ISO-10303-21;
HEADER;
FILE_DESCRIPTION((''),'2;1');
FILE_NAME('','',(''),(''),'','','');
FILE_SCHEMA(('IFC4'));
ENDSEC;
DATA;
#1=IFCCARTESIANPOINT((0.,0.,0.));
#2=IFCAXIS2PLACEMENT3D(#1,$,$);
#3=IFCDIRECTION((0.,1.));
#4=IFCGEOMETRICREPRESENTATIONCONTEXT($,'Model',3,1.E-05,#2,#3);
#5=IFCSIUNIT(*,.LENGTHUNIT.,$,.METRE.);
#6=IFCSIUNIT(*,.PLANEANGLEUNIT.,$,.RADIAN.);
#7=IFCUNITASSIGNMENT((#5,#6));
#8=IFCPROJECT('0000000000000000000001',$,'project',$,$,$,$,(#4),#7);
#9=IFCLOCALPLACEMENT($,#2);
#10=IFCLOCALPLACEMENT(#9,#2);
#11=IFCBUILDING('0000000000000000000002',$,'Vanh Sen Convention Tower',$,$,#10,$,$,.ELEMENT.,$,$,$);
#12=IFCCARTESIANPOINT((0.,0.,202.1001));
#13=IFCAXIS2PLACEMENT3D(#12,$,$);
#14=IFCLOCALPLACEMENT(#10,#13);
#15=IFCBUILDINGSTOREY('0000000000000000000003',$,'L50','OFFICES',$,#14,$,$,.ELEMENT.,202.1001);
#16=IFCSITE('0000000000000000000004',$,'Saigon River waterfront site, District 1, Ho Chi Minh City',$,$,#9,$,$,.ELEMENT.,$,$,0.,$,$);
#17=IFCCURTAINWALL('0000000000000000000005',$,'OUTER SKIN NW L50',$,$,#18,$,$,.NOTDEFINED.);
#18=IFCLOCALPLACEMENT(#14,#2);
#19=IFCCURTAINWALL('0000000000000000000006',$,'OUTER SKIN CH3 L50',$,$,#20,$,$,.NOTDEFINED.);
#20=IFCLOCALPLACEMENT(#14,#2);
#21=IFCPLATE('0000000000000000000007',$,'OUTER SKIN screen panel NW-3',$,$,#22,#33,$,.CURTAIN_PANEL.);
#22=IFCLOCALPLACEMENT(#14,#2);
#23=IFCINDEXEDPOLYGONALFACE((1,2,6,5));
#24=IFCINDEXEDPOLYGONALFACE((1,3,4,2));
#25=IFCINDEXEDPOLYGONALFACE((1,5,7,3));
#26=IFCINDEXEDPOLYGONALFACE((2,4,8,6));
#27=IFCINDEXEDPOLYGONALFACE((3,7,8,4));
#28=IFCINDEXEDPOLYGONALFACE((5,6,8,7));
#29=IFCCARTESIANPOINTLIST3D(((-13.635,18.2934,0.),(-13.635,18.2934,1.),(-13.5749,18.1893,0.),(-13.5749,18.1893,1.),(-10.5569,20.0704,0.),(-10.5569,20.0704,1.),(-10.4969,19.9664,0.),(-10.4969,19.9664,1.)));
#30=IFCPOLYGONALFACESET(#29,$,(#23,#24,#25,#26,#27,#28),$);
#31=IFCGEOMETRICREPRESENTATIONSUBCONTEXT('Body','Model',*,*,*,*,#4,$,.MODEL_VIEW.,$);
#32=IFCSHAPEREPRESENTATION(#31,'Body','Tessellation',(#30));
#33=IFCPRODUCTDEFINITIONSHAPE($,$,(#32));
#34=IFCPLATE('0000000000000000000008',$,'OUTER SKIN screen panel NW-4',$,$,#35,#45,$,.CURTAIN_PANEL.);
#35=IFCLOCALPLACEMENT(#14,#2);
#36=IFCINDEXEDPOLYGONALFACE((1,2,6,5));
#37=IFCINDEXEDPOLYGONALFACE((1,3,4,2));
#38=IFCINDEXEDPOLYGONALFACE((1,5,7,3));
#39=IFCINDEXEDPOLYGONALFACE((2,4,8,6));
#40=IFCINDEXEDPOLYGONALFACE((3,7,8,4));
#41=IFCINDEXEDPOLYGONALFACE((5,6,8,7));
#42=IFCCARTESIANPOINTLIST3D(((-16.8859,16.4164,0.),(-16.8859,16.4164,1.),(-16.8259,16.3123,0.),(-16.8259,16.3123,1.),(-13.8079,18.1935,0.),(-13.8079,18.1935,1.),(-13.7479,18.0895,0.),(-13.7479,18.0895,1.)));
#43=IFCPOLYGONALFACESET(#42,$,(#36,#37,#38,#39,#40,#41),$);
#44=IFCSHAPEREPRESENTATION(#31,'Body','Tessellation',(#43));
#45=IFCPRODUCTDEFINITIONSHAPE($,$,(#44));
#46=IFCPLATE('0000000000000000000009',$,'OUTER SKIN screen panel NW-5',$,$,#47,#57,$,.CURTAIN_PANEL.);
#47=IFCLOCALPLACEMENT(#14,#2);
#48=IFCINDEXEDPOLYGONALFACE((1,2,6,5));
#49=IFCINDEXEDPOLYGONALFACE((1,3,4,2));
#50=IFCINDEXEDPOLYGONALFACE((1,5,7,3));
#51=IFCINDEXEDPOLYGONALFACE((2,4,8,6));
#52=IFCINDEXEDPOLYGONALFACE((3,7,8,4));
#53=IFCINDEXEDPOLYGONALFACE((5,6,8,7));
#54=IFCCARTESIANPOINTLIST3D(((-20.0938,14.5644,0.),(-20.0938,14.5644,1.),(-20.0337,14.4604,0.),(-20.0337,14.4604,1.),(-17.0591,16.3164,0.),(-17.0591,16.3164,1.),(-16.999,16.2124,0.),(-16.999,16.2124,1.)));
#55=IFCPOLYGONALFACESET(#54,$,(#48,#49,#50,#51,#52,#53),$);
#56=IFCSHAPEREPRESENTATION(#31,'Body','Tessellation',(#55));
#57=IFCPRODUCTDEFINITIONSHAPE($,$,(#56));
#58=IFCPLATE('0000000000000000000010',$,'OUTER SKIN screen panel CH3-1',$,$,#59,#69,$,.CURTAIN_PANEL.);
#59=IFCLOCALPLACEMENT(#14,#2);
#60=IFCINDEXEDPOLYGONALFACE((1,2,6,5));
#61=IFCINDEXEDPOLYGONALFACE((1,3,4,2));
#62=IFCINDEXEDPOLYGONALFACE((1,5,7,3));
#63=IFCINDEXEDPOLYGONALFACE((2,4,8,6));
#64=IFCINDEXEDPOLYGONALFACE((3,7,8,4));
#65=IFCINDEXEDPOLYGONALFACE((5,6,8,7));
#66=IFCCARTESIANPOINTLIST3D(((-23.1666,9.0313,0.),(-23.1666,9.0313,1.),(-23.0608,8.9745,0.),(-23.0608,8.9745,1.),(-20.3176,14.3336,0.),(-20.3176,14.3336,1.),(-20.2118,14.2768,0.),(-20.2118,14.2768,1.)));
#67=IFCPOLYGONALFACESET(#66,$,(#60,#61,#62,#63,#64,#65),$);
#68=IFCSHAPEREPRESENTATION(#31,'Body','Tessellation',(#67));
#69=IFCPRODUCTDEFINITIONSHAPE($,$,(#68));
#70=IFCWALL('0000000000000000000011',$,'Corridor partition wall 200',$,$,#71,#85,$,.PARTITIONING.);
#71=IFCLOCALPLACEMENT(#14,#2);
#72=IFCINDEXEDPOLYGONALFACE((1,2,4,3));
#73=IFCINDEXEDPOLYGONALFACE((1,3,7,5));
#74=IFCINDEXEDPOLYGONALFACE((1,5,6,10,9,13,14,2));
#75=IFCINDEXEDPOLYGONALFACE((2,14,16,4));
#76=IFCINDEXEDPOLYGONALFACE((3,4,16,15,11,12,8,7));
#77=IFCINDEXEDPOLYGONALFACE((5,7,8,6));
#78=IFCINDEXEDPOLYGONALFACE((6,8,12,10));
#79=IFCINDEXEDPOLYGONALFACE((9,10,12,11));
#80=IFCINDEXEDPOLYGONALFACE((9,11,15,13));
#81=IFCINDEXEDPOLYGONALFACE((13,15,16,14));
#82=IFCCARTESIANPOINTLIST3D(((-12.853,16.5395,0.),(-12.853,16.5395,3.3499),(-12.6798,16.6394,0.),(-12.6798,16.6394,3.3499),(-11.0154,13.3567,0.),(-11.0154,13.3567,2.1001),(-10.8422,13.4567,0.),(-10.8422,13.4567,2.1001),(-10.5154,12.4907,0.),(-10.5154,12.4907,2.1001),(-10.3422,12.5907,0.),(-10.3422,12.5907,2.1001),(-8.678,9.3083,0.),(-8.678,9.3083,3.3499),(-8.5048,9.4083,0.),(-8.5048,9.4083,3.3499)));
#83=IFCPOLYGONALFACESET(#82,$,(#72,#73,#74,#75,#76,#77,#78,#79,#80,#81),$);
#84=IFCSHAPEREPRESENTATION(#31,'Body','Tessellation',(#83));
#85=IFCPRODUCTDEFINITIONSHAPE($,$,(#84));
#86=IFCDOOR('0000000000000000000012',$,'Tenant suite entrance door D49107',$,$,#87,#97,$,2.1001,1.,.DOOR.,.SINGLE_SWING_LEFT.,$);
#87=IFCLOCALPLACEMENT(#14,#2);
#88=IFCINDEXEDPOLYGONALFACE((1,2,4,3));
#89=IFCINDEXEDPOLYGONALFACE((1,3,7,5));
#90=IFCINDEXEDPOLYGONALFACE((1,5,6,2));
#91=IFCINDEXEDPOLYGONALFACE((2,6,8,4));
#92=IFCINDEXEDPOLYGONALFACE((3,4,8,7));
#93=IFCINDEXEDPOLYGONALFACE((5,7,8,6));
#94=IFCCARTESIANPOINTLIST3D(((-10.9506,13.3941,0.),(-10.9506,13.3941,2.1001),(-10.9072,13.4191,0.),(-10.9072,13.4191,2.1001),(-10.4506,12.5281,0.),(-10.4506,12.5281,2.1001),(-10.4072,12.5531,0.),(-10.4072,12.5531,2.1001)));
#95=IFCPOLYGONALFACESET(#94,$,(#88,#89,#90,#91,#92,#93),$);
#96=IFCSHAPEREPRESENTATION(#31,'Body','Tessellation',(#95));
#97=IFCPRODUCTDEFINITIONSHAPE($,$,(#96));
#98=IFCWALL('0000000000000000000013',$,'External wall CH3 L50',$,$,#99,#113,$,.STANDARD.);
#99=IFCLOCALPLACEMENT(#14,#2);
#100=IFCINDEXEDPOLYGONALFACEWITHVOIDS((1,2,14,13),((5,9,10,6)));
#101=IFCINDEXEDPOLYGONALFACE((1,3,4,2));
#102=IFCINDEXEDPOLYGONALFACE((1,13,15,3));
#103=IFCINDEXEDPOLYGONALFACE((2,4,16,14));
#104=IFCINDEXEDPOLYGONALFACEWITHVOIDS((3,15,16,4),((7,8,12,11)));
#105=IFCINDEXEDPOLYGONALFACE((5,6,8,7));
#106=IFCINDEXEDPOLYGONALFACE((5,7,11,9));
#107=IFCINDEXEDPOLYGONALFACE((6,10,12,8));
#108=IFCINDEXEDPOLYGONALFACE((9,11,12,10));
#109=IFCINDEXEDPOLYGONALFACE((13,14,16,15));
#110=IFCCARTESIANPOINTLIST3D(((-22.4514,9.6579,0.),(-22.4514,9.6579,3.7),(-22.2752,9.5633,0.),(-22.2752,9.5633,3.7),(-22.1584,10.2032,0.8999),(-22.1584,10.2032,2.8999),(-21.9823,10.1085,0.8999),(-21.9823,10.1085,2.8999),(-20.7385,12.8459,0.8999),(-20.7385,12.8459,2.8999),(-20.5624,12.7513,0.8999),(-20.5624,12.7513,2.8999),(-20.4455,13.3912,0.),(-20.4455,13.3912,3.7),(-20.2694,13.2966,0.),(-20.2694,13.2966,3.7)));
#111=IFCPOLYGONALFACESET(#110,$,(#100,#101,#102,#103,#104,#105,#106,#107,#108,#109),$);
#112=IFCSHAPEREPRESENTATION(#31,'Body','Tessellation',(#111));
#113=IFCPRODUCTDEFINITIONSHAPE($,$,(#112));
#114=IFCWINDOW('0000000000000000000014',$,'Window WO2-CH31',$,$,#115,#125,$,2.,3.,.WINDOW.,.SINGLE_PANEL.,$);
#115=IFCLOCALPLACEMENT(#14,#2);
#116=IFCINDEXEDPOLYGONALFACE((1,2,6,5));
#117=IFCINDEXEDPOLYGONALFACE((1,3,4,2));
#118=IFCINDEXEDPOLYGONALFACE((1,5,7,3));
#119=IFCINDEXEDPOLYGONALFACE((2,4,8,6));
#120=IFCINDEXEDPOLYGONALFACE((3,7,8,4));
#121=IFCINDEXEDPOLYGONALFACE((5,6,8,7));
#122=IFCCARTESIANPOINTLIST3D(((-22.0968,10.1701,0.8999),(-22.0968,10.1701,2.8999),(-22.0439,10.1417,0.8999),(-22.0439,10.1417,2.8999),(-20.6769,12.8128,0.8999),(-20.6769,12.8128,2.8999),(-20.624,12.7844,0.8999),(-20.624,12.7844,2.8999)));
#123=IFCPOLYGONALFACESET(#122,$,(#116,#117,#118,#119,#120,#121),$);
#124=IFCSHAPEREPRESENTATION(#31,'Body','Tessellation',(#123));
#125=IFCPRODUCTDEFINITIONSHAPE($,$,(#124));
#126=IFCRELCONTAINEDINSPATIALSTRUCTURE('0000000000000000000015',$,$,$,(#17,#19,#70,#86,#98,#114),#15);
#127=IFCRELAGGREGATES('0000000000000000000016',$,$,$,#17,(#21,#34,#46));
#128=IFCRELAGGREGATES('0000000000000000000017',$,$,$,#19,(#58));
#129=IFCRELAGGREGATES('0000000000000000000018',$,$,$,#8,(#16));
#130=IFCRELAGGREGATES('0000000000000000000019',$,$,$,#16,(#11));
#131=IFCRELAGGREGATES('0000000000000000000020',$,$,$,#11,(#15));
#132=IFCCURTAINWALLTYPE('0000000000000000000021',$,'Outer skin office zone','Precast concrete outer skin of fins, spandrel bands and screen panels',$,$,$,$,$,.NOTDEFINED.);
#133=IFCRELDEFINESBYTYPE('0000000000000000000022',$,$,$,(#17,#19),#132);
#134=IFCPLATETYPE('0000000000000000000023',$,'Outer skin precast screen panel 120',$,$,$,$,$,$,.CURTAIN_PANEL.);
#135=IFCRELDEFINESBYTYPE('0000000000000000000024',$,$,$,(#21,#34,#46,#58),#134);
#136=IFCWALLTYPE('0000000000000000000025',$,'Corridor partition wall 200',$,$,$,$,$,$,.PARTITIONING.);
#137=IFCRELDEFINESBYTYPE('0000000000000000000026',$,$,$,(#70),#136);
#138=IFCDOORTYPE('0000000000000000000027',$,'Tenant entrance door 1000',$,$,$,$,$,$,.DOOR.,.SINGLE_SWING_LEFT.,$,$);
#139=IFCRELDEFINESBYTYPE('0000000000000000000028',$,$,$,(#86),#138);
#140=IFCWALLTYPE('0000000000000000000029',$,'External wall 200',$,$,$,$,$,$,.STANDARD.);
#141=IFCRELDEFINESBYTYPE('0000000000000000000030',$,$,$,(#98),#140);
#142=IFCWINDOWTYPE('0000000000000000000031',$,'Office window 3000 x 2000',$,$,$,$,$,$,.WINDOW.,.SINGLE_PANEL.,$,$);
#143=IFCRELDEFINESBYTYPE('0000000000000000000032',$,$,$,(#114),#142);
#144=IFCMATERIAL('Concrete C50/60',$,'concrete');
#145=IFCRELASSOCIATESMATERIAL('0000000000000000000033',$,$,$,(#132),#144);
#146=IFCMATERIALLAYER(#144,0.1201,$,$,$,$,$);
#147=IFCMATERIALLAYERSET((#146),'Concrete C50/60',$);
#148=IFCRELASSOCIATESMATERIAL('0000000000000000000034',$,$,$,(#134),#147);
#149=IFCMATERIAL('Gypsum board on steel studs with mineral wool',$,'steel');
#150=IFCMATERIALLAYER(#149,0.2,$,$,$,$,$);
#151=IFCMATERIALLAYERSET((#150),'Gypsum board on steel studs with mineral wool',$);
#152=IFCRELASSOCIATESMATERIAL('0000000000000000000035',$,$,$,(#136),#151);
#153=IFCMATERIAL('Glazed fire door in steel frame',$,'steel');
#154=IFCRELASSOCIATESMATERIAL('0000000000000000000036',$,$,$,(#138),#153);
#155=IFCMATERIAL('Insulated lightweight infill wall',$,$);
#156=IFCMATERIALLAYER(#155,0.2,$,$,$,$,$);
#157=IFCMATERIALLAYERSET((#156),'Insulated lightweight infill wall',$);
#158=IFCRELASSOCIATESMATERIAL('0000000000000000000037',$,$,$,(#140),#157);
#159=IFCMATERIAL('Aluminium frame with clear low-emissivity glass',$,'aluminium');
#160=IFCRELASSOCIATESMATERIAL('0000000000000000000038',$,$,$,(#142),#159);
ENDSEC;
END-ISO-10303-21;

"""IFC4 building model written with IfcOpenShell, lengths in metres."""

from ifc_helpers import new_model, si_unit, direction, frame, frame_2d, origin, origin_2d, place, context, subcontext, project, spatial, rectangle, extrude, material, layer, layer_set, type_object, element, fill, aggregate, save


model = new_model("IFC4")

# Units and contexts
model_context = context("Model", 3, precision=1e-05, world=origin(), true_north=direction((0.0, 1.0)))
body_context = subcontext(model_context, "Body", "Model", "MODEL_VIEW")
ifc_project = project(units=[si_unit("LENGTHUNIT", "METRE"), si_unit("PLANEANGLEUNIT", "RADIAN")], contexts=[model_context])

# Site, building, storey
site_placement = place(None, origin())
site = spatial("IfcSite", under=ifc_project, at=site_placement, Name="Saigon River waterfront site, District 1, Ho Chi Minh City", CompositionType="ELEMENT", RefElevation=0.0)
building_placement = place(site_placement, origin())
building = spatial("IfcBuilding", under=site, at=building_placement, Name="Vanh Sen Convention Tower", CompositionType="ELEMENT")
storey_placement = place(building_placement, frame((0.0, 0.0, 202.1001)))
storey = spatial("IfcBuildingStorey", under=building, at=storey_placement, Name="L50", Description="OFFICES", CompositionType="ELEMENT", Elevation=202.1001)

# Curtain wall
ifc_material_1 = material(Name="Concrete C50/60", Category="concrete")
curtain_wall_type = type_object("IfcCurtainWallType", Name="Outer skin office zone", Description="Precast concrete outer skin of fins, spandrel bands and screen panels", PredefinedType="NOTDEFINED", material=ifc_material_1)
curtain_wall_1_placement = place(storey_placement, origin())
curtain_wall_1 = element("IfcCurtainWall", 1, at=curtain_wall_1_placement, inside=storey, type_object=curtain_wall_type, Name="OUTER SKIN NW L50", PredefinedType="NOTDEFINED")

# Curtain wall
curtain_wall_2_placement = place(storey_placement, origin())
curtain_wall_2 = element("IfcCurtainWall", 2, at=curtain_wall_2_placement, inside=storey, type_object=curtain_wall_type, Name="OUTER SKIN CH3 L50", PredefinedType="NOTDEFINED")

# Plates
ifc_layer_1 = layer(ifc_material_1, 0.1201)
ifc_layer_set_1 = layer_set([ifc_layer_1], Name="Concrete C50/60")
plate_type = type_object("IfcPlateType", Name="Outer skin precast screen panel 120", PredefinedType="CURTAIN_PANEL", material=ifc_layer_set_1)
plate_1_placement = place(storey_placement, frame((-12.0659, 19.1299, 0.0), z_axis=(0.0, 0.0, 1.0), x_axis=(-0.866035, -0.499983, 0.0)))
plate_1 = element("IfcPlate", 3, at=plate_1_placement, type_object=plate_type, Name="OUTER SKIN screen panel NW-3", PredefinedType="CURTAIN_PANEL", context=body_context, shape_type="SweptSolid", body=[
    extrude(rectangle(XDim=3.5542, YDim=0.1201, at=origin_2d()), origin(), (0.0, 0.0, 1.0), 1.0),
])
plate_2_placement = place(storey_placement, frame((-15.3169, 17.2529, 0.0), z_axis=(0.0, 0.0, 1.0), x_axis=(-0.866017, -0.500015, 0.0)))
plate_2 = element("IfcPlate", 4, at=plate_2_placement, type_object=plate_type, Name="OUTER SKIN screen panel NW-4", PredefinedType="CURTAIN_PANEL", context=body_context, shape_type="SweptSolid", body=[
    extrude(rectangle(XDim=3.5542, YDim=0.1201, at=origin_2d()), origin(), (0.0, 0.0, 1.0), 1.0),
])
plate_3_placement = place(storey_placement, frame((-18.5464, 15.3884, 0.0), z_axis=(0.0, 0.0, 1.0), x_axis=(-0.866035, -0.499983, 0.0)))
plate_3 = element("IfcPlate", 5, at=plate_3_placement, type_object=plate_type, Name="OUTER SKIN screen panel NW-5", PredefinedType="CURTAIN_PANEL", context=body_context, shape_type="SweptSolid", body=[
    extrude(rectangle(XDim=3.5042, YDim=0.1201, at=origin_2d()), origin(), (0.0, 0.0, 1.0), 1.0),
])
aggregate(curtain_wall_1, [plate_1, plate_2, plate_3])
plate_4_placement = place(storey_placement, frame((-21.6892, 11.6541, 0.0), z_axis=(0.0, 0.0, 1.0), x_axis=(-0.473318, -0.880892, 0.0)))
plate_4 = element("IfcPlate", 6, at=plate_4_placement, type_object=plate_type, Name="OUTER SKIN screen panel CH3-1", PredefinedType="CURTAIN_PANEL", context=body_context, shape_type="SweptSolid", body=[
    extrude(rectangle(XDim=6.0193, YDim=0.1201, at=origin_2d()), origin(), (0.0, 0.0, 1.0), 1.0),
])
aggregate(curtain_wall_2, [plate_4])

# Wall, opening, door
ifc_material_2 = material(Name="Gypsum board on steel studs with mineral wool", Category="steel")
ifc_layer_2 = layer(ifc_material_2, 0.2)
ifc_layer_set_2 = layer_set([ifc_layer_2], Name="Gypsum board on steel studs with mineral wool")
wall_type_1 = type_object("IfcWallType", Name="Corridor partition wall 200", PredefinedType="PARTITIONING", material=ifc_layer_set_2)
wall_1_placement = place(storey_placement, frame((-12.7664, 16.5894, 0.0), z_axis=(0.0, 0.0, 1.0), x_axis=(0.50001, -0.86602, 0.0)))
wall_1 = element("IfcWall", 7, at=wall_1_placement, inside=storey, type_object=wall_type_1, Name="Corridor partition wall 200", PredefinedType="PARTITIONING", context=body_context, shape_type="SweptSolid", body=[
    extrude(rectangle(XDim=8.3499, YDim=0.2, at=frame_2d((4.1748, 0.0))), origin(), (0.0, 0.0, 1.0), 3.3499),
])
opening_1_placement = place(wall_1_placement, frame((3.675, 0.0, 0.0)))
opening_1 = element("IfcOpeningElement", 8, at=opening_1_placement, cuts=wall_1, PredefinedType="OPENING", context=body_context, shape_type="SweptSolid", body=[
    extrude(rectangle(XDim=1.0, YDim=2.1001, at=frame_2d((0.5, 1.05))), frame((0.0, 0.1099, 0.0), z_axis=(0.0, -1.0, 0.0), x_axis=(1.0, 0.0, 0.0)), (0.0, 0.0, 1.0), 0.22),
])
ifc_material_3 = material(Name="Glazed fire door in steel frame", Category="steel")
door_type = type_object("IfcDoorType", Name="Tenant entrance door 1000", OperationType="SINGLE_SWING_LEFT", PredefinedType="DOOR", material=ifc_material_3)
door_placement = place(opening_1_placement, origin())
door = element("IfcDoor", 9, at=door_placement, inside=storey, type_object=door_type, Name="Tenant suite entrance door D49107", OperationType="SINGLE_SWING_LEFT", OverallHeight=2.1001, OverallWidth=1.0, PredefinedType="DOOR", context=body_context, shape_type="SweptSolid", body=[
    extrude(rectangle(XDim=1.0, YDim=2.1001, at=frame_2d((0.5, 1.05))), frame((0.0, 0.0249, 0.0), z_axis=(0.0, -1.0, 0.0), x_axis=(1.0, 0.0, 0.0)), (0.0, 0.0, 1.0), 0.05),
])
fill(opening_1, door)

# Wall, opening, window
ifc_material_4 = material(Name="Insulated lightweight infill wall")
ifc_layer_3 = layer(ifc_material_4, 0.2)
ifc_layer_set_3 = layer_set([ifc_layer_3], Name="Insulated lightweight infill wall")
wall_type_2 = type_object("IfcWallType", Name="External wall 200", PredefinedType="STANDARD", material=ifc_layer_set_3)
wall_2_placement = place(storey_placement, frame((-20.3574, 13.344, 0.0), z_axis=(0.0, 0.0, 1.0), x_axis=(-0.473289, -0.880907, 0.0)))
wall_2 = element("IfcWall", 10, at=wall_2_placement, inside=storey, type_object=wall_type_2, Name="External wall CH3 L50", PredefinedType="STANDARD", context=body_context, shape_type="SweptSolid", body=[
    extrude(rectangle(XDim=4.238, YDim=0.2, at=frame_2d((2.1191, 0.0))), origin(), (0.0, 0.0, 1.0), 3.7),
])
opening_2_placement = place(wall_2_placement, frame((0.6191, 0.0, 0.8999)))
opening_2 = element("IfcOpeningElement", 11, at=opening_2_placement, cuts=wall_2, PredefinedType="OPENING", context=body_context, shape_type="SweptSolid", body=[
    extrude(rectangle(XDim=3.0, YDim=2.0, at=frame_2d((1.5, 1.0))), frame((0.0, 0.1099, 0.0), z_axis=(0.0, -1.0, 0.0), x_axis=(1.0, 0.0, 0.0)), (0.0, 0.0, 1.0), 0.22),
])
ifc_material_5 = material(Name="Aluminium frame with clear low-emissivity glass", Category="aluminium")
window_type_1 = type_object("IfcWindowType", Name="Office window 3000 x 2000", PartitioningType="SINGLE_PANEL", PredefinedType="WINDOW", material=ifc_material_5)
window_1_placement = place(opening_2_placement, origin())
window_1 = element("IfcWindow", 12, at=window_1_placement, inside=storey, type_object=window_type_1, Name="Window WO2-CH31", OverallHeight=2.0, OverallWidth=3.0, PartitioningType="SINGLE_PANEL", PredefinedType="WINDOW", context=body_context, shape_type="SweptSolid", body=[
    extrude(rectangle(XDim=3.0, YDim=2.0, at=frame_2d((1.5, 1.0))), frame((0.0, 0.03, 0.0), z_axis=(0.0, -1.0, 0.0), x_axis=(1.0, 0.0, 0.0)), (0.0, 0.0, 1.0), 0.0601),
])
fill(opening_2, window_1)

save(model, "model.ifc")
